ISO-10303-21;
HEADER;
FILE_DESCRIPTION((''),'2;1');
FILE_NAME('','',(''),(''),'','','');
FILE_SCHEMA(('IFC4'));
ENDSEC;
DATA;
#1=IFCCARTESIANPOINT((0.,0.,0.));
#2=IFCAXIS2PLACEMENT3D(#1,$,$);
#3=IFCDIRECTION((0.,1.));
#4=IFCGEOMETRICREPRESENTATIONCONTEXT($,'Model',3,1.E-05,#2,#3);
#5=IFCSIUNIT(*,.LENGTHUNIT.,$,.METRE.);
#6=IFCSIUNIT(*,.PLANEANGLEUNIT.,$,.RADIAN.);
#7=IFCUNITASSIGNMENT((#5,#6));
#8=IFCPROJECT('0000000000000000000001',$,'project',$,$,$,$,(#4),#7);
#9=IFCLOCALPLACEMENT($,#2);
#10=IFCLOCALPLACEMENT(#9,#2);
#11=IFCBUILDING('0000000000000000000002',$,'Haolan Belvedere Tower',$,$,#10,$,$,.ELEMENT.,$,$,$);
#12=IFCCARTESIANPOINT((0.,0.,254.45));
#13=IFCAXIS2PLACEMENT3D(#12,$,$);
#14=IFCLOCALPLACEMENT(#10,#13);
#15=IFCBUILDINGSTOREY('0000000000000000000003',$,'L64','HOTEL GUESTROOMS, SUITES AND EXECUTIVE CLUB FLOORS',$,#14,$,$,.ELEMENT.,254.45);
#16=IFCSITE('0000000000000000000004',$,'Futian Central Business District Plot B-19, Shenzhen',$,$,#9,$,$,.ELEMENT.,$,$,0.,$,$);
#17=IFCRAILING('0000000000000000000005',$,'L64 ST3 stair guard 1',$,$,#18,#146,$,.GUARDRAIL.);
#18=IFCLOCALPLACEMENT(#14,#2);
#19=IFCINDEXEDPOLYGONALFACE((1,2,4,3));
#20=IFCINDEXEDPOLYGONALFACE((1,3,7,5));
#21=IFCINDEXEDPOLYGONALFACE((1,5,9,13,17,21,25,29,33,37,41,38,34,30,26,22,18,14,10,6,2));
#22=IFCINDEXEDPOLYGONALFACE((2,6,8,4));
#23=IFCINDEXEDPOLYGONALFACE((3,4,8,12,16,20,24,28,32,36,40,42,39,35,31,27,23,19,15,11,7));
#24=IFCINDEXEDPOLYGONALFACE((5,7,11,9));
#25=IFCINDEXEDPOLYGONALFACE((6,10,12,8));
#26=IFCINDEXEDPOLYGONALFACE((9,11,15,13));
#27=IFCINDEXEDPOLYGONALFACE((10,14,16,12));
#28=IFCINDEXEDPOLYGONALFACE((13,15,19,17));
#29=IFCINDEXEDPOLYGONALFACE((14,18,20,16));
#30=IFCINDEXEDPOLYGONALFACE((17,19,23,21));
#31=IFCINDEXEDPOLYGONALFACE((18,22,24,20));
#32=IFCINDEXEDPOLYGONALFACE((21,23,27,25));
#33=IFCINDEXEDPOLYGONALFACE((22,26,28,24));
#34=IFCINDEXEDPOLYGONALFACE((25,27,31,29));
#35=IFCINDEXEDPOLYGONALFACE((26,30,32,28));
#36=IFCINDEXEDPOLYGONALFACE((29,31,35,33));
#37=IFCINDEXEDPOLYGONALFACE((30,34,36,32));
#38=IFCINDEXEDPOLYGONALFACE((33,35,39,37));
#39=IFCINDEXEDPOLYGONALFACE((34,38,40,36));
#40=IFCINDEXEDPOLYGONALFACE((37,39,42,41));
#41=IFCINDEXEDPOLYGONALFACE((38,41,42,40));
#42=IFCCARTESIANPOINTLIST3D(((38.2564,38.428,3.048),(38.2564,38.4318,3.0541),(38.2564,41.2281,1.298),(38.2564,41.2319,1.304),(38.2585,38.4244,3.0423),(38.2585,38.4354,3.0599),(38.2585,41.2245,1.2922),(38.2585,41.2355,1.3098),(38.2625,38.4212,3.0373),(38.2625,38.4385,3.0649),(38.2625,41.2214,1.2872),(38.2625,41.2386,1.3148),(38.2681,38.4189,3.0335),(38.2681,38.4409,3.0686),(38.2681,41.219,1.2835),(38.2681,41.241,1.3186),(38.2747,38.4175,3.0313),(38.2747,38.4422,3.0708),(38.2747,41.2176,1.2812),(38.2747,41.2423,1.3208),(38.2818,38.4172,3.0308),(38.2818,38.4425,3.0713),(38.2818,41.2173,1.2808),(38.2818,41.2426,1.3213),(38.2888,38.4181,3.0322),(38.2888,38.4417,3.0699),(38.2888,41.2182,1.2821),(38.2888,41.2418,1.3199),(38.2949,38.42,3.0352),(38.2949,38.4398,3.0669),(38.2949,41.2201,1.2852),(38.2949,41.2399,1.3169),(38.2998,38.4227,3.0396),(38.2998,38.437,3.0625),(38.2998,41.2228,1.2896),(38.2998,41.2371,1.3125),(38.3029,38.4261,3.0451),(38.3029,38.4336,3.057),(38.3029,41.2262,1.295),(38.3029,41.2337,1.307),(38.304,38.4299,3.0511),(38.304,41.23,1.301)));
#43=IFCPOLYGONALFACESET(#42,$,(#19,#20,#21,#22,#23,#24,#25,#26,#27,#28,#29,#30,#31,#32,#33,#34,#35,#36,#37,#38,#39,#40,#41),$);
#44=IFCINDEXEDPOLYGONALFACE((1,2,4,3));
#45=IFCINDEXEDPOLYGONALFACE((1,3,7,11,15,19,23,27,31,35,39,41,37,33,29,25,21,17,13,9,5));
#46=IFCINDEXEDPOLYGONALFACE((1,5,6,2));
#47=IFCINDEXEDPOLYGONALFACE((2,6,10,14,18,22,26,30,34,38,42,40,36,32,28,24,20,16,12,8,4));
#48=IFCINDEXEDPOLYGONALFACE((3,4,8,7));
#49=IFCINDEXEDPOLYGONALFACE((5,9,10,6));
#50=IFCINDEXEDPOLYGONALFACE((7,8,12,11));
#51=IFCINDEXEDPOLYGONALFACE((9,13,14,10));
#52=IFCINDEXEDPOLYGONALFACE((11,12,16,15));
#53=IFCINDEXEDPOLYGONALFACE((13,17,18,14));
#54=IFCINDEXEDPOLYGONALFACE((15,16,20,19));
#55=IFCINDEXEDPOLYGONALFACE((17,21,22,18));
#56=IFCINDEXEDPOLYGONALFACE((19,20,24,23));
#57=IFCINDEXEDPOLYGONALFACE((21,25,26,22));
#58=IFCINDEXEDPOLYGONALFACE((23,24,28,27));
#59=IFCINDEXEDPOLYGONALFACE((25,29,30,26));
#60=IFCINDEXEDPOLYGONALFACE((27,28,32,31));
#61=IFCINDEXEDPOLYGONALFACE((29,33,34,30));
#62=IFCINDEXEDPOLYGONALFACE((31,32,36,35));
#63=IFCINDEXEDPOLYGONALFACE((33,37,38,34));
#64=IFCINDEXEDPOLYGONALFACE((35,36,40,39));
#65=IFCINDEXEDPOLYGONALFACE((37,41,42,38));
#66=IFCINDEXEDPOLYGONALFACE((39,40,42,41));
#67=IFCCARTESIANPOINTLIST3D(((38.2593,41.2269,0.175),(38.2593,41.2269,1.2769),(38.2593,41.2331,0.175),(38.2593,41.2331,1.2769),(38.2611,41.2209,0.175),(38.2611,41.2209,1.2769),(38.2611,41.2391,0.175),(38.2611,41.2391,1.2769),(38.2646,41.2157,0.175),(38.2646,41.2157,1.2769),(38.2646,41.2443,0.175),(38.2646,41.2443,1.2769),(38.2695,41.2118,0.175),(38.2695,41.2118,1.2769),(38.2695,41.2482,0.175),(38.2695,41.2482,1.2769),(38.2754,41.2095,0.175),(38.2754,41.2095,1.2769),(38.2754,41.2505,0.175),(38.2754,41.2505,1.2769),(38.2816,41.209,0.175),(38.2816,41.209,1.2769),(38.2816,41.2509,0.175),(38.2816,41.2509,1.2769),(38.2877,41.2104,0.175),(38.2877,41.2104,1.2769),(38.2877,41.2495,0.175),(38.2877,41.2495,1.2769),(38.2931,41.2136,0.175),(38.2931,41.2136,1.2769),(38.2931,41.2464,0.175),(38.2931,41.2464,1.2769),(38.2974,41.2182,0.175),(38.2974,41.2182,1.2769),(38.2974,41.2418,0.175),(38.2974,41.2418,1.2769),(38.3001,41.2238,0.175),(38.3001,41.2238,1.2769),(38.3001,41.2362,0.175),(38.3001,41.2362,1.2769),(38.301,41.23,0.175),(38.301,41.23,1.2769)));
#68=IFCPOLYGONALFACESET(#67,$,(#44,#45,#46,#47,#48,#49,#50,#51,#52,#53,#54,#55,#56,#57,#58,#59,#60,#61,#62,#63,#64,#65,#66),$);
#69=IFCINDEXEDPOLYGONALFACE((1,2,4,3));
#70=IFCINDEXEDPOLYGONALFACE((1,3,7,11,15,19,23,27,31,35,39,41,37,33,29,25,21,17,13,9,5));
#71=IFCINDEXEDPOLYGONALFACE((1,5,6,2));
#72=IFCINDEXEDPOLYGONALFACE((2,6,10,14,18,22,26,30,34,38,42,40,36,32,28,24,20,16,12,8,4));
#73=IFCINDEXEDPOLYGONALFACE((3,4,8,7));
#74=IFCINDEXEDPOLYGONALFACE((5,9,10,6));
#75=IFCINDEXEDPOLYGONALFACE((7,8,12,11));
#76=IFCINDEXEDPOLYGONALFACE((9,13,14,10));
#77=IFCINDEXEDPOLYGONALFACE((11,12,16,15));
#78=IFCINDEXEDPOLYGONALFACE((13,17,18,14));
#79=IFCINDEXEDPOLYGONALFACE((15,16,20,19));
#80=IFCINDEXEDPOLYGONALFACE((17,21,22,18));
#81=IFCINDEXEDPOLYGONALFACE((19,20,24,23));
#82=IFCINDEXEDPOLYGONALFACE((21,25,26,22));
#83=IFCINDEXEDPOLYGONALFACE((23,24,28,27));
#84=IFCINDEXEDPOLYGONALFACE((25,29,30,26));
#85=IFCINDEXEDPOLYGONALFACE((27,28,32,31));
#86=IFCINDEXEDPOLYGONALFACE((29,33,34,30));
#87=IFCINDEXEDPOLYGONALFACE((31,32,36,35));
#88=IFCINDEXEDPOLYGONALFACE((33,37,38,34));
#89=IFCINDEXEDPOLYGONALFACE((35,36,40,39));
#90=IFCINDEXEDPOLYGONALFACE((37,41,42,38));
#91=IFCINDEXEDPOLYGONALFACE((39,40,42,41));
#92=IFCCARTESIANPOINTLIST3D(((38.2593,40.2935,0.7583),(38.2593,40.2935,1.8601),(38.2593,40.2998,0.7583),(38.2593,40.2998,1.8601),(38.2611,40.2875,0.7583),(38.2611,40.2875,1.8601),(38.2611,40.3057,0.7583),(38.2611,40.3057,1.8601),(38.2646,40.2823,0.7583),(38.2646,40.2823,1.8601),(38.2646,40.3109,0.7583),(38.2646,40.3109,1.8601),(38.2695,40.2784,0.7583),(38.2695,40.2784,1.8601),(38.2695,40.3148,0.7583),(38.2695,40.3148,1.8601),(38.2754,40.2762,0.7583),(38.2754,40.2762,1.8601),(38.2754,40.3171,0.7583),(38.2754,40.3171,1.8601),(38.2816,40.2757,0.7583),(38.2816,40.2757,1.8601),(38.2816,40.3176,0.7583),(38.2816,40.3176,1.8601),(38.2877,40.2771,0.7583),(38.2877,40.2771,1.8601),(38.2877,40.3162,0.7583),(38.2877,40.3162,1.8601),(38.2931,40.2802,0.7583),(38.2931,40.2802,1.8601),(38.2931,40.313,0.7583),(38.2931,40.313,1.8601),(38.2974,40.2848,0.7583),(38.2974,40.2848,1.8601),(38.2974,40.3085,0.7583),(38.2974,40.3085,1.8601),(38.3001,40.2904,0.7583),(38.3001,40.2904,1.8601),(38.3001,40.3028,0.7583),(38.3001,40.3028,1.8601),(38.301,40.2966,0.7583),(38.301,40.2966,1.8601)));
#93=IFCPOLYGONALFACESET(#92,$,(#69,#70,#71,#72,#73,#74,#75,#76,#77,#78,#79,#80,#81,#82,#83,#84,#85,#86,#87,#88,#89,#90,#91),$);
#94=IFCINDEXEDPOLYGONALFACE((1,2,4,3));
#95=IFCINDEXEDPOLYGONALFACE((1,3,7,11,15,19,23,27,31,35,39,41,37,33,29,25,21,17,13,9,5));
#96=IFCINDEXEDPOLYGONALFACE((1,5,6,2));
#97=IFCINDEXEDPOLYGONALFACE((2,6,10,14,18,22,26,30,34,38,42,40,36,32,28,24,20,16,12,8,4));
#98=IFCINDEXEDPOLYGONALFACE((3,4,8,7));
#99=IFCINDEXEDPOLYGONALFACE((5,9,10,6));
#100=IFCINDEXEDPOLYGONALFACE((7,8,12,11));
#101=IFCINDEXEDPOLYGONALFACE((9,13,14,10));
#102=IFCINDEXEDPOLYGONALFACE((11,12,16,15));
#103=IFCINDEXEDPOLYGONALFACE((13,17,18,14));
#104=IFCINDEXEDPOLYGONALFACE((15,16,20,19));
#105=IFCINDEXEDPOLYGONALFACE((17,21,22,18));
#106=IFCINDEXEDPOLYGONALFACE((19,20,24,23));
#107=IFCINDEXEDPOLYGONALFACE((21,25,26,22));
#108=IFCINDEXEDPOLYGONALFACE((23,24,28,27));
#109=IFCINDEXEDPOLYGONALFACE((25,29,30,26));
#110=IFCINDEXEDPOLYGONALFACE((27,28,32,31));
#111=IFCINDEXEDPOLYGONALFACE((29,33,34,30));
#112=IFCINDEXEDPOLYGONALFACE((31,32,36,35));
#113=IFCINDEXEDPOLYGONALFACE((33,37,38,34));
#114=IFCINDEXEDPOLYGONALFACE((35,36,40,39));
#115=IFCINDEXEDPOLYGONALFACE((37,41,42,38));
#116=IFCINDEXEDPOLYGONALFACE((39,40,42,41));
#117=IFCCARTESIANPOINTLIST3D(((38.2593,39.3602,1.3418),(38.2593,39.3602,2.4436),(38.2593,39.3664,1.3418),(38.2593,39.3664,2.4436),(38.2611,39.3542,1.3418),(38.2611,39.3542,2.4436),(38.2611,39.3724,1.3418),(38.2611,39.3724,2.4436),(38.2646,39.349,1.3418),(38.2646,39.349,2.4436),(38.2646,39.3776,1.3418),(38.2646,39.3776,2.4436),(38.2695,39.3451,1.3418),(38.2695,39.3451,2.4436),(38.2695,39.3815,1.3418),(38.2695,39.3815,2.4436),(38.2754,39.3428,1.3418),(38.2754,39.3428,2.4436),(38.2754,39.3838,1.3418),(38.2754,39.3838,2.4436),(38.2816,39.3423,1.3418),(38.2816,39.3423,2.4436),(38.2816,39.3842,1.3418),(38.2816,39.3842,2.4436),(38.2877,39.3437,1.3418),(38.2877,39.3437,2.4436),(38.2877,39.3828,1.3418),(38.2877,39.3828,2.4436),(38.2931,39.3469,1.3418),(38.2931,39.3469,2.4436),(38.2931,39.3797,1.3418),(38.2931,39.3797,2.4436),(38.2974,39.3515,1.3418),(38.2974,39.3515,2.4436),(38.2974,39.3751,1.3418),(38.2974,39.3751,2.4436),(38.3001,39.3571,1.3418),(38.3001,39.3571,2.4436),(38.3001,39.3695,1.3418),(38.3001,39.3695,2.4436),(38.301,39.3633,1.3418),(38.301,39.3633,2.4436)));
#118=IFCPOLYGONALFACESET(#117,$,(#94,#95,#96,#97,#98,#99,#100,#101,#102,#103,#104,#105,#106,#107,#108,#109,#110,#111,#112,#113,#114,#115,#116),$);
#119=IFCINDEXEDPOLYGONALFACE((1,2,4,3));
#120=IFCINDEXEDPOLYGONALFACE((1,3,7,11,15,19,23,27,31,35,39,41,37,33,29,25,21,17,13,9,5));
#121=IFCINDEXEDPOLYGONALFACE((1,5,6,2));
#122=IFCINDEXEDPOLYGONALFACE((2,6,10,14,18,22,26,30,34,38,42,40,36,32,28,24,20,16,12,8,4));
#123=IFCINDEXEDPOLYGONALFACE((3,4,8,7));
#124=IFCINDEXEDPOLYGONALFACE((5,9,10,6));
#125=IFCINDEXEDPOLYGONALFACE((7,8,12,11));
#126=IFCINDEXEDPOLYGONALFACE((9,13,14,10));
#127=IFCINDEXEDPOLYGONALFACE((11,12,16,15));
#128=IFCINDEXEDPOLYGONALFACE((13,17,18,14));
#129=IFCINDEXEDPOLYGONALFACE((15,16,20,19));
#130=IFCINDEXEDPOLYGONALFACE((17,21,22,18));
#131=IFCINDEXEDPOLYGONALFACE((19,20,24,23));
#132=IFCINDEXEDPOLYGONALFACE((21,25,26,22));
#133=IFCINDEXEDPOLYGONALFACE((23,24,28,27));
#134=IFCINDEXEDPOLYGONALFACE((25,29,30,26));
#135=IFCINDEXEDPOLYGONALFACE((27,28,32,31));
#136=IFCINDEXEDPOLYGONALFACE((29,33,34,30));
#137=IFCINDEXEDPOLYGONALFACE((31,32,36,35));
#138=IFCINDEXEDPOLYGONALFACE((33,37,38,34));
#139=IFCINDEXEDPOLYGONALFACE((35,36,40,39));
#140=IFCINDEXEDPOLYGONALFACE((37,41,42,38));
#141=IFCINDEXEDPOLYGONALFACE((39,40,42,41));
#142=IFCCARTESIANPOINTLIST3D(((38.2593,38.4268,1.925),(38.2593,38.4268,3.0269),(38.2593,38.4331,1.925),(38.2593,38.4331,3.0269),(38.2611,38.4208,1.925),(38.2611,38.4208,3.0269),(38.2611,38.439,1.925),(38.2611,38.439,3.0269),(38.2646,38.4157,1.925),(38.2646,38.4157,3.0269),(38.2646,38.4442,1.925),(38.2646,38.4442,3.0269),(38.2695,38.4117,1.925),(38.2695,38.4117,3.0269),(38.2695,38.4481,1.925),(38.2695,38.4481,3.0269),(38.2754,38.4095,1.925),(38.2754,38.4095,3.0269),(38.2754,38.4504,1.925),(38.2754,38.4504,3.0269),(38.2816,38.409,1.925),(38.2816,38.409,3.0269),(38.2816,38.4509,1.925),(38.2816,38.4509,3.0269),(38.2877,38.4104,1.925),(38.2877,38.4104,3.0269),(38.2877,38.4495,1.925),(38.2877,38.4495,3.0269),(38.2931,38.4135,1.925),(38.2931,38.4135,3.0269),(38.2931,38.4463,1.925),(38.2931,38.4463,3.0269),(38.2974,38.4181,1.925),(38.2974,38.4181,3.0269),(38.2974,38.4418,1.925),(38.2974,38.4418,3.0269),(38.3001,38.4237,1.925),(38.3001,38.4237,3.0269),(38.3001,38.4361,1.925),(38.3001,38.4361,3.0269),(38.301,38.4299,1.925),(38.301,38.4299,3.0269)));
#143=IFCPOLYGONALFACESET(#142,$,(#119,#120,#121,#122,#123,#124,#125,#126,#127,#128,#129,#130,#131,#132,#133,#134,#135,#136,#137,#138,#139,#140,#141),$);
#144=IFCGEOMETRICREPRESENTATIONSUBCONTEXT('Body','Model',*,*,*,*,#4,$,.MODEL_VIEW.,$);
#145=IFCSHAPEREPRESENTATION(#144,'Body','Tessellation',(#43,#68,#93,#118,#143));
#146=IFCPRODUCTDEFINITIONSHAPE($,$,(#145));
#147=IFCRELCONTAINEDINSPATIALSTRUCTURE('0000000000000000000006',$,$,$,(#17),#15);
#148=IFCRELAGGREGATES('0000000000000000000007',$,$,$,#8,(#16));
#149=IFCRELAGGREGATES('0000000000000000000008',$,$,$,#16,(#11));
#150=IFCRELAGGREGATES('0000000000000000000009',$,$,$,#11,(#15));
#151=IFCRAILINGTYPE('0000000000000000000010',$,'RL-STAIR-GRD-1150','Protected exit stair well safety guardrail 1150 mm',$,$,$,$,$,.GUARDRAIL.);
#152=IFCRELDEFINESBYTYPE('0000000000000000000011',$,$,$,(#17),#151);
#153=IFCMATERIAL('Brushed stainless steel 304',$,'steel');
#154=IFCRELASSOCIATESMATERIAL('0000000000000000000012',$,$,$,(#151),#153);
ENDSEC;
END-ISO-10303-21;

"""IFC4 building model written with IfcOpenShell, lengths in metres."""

from ifc_helpers import new_model, si_unit, direction, frame, origin, origin_2d, place, context, subcontext, project, spatial, circle, extrude, material, type_object, element, save


model = new_model("IFC4")

# Units and contexts
model_context = context("Model", 3, precision=1e-05, world=origin(), true_north=direction((0.0, 1.0)))
body_context = subcontext(model_context, "Body", "Model", "MODEL_VIEW")
ifc_project = project(units=[si_unit("LENGTHUNIT", "METRE"), si_unit("PLANEANGLEUNIT", "RADIAN")], contexts=[model_context])

# Site, building, storey
site_placement = place(None, origin())
site = spatial("IfcSite", under=ifc_project, at=site_placement, Name="Futian Central Business District Plot B-19, Shenzhen", CompositionType="ELEMENT", RefElevation=0.0)
building_placement = place(site_placement, origin())
building = spatial("IfcBuilding", under=site, at=building_placement, Name="Haolan Belvedere Tower", CompositionType="ELEMENT")
storey_placement = place(building_placement, frame((0.0, 0.0, 254.45)))
storey = spatial("IfcBuildingStorey", under=building, at=storey_placement, Name="L64", Description="HOTEL GUESTROOMS, SUITES AND EXECUTIVE CLUB FLOORS", CompositionType="ELEMENT", Elevation=254.45)

# Railing
ifc_material_1 = material(Name="Brushed stainless steel 304", Category="steel")
railing_type_1 = type_object("IfcRailingType", Name="RL-STAIR-GRD-1150", Description="Protected exit stair well safety guardrail 1150 mm", PredefinedType="GUARDRAIL", material=ifc_material_1)
railing_1_placement = place(storey_placement, frame((38.28, 41.23, 0.175)))
element("IfcRailing", 1, at=railing_1_placement, inside=storey, type_object=railing_type_1, Name="L64 ST3 stair guard 1", PredefinedType="GUARDRAIL", context=body_context, shape_type="SweptSolid", body=[
    extrude(circle(Radius=0.0239, at=origin_2d()), frame((0.0, 0.0, 1.126), z_axis=(0.0, -0.848002, 0.529992), x_axis=(1.0, 0.0, 0.0)), (0.0, 0.0, 1.0), 3.302),
    extrude(circle(Radius=0.021, at=origin_2d()), origin(), (0.0, 0.0, 1.0), 1.1018),
    extrude(circle(Radius=0.021, at=origin_2d()), frame((0.0, -0.9333, 0.5833)), (0.0, 0.0, 1.0), 1.1018),
    extrude(circle(Radius=0.021, at=origin_2d()), frame((0.0, -1.8667, 1.1667)), (0.0, 0.0, 1.0), 1.1018),
    extrude(circle(Radius=0.021, at=origin_2d()), frame((0.0, -2.8, 1.75)), (0.0, 0.0, 1.0), 1.1018),
])

save(model, "model.ifc")
